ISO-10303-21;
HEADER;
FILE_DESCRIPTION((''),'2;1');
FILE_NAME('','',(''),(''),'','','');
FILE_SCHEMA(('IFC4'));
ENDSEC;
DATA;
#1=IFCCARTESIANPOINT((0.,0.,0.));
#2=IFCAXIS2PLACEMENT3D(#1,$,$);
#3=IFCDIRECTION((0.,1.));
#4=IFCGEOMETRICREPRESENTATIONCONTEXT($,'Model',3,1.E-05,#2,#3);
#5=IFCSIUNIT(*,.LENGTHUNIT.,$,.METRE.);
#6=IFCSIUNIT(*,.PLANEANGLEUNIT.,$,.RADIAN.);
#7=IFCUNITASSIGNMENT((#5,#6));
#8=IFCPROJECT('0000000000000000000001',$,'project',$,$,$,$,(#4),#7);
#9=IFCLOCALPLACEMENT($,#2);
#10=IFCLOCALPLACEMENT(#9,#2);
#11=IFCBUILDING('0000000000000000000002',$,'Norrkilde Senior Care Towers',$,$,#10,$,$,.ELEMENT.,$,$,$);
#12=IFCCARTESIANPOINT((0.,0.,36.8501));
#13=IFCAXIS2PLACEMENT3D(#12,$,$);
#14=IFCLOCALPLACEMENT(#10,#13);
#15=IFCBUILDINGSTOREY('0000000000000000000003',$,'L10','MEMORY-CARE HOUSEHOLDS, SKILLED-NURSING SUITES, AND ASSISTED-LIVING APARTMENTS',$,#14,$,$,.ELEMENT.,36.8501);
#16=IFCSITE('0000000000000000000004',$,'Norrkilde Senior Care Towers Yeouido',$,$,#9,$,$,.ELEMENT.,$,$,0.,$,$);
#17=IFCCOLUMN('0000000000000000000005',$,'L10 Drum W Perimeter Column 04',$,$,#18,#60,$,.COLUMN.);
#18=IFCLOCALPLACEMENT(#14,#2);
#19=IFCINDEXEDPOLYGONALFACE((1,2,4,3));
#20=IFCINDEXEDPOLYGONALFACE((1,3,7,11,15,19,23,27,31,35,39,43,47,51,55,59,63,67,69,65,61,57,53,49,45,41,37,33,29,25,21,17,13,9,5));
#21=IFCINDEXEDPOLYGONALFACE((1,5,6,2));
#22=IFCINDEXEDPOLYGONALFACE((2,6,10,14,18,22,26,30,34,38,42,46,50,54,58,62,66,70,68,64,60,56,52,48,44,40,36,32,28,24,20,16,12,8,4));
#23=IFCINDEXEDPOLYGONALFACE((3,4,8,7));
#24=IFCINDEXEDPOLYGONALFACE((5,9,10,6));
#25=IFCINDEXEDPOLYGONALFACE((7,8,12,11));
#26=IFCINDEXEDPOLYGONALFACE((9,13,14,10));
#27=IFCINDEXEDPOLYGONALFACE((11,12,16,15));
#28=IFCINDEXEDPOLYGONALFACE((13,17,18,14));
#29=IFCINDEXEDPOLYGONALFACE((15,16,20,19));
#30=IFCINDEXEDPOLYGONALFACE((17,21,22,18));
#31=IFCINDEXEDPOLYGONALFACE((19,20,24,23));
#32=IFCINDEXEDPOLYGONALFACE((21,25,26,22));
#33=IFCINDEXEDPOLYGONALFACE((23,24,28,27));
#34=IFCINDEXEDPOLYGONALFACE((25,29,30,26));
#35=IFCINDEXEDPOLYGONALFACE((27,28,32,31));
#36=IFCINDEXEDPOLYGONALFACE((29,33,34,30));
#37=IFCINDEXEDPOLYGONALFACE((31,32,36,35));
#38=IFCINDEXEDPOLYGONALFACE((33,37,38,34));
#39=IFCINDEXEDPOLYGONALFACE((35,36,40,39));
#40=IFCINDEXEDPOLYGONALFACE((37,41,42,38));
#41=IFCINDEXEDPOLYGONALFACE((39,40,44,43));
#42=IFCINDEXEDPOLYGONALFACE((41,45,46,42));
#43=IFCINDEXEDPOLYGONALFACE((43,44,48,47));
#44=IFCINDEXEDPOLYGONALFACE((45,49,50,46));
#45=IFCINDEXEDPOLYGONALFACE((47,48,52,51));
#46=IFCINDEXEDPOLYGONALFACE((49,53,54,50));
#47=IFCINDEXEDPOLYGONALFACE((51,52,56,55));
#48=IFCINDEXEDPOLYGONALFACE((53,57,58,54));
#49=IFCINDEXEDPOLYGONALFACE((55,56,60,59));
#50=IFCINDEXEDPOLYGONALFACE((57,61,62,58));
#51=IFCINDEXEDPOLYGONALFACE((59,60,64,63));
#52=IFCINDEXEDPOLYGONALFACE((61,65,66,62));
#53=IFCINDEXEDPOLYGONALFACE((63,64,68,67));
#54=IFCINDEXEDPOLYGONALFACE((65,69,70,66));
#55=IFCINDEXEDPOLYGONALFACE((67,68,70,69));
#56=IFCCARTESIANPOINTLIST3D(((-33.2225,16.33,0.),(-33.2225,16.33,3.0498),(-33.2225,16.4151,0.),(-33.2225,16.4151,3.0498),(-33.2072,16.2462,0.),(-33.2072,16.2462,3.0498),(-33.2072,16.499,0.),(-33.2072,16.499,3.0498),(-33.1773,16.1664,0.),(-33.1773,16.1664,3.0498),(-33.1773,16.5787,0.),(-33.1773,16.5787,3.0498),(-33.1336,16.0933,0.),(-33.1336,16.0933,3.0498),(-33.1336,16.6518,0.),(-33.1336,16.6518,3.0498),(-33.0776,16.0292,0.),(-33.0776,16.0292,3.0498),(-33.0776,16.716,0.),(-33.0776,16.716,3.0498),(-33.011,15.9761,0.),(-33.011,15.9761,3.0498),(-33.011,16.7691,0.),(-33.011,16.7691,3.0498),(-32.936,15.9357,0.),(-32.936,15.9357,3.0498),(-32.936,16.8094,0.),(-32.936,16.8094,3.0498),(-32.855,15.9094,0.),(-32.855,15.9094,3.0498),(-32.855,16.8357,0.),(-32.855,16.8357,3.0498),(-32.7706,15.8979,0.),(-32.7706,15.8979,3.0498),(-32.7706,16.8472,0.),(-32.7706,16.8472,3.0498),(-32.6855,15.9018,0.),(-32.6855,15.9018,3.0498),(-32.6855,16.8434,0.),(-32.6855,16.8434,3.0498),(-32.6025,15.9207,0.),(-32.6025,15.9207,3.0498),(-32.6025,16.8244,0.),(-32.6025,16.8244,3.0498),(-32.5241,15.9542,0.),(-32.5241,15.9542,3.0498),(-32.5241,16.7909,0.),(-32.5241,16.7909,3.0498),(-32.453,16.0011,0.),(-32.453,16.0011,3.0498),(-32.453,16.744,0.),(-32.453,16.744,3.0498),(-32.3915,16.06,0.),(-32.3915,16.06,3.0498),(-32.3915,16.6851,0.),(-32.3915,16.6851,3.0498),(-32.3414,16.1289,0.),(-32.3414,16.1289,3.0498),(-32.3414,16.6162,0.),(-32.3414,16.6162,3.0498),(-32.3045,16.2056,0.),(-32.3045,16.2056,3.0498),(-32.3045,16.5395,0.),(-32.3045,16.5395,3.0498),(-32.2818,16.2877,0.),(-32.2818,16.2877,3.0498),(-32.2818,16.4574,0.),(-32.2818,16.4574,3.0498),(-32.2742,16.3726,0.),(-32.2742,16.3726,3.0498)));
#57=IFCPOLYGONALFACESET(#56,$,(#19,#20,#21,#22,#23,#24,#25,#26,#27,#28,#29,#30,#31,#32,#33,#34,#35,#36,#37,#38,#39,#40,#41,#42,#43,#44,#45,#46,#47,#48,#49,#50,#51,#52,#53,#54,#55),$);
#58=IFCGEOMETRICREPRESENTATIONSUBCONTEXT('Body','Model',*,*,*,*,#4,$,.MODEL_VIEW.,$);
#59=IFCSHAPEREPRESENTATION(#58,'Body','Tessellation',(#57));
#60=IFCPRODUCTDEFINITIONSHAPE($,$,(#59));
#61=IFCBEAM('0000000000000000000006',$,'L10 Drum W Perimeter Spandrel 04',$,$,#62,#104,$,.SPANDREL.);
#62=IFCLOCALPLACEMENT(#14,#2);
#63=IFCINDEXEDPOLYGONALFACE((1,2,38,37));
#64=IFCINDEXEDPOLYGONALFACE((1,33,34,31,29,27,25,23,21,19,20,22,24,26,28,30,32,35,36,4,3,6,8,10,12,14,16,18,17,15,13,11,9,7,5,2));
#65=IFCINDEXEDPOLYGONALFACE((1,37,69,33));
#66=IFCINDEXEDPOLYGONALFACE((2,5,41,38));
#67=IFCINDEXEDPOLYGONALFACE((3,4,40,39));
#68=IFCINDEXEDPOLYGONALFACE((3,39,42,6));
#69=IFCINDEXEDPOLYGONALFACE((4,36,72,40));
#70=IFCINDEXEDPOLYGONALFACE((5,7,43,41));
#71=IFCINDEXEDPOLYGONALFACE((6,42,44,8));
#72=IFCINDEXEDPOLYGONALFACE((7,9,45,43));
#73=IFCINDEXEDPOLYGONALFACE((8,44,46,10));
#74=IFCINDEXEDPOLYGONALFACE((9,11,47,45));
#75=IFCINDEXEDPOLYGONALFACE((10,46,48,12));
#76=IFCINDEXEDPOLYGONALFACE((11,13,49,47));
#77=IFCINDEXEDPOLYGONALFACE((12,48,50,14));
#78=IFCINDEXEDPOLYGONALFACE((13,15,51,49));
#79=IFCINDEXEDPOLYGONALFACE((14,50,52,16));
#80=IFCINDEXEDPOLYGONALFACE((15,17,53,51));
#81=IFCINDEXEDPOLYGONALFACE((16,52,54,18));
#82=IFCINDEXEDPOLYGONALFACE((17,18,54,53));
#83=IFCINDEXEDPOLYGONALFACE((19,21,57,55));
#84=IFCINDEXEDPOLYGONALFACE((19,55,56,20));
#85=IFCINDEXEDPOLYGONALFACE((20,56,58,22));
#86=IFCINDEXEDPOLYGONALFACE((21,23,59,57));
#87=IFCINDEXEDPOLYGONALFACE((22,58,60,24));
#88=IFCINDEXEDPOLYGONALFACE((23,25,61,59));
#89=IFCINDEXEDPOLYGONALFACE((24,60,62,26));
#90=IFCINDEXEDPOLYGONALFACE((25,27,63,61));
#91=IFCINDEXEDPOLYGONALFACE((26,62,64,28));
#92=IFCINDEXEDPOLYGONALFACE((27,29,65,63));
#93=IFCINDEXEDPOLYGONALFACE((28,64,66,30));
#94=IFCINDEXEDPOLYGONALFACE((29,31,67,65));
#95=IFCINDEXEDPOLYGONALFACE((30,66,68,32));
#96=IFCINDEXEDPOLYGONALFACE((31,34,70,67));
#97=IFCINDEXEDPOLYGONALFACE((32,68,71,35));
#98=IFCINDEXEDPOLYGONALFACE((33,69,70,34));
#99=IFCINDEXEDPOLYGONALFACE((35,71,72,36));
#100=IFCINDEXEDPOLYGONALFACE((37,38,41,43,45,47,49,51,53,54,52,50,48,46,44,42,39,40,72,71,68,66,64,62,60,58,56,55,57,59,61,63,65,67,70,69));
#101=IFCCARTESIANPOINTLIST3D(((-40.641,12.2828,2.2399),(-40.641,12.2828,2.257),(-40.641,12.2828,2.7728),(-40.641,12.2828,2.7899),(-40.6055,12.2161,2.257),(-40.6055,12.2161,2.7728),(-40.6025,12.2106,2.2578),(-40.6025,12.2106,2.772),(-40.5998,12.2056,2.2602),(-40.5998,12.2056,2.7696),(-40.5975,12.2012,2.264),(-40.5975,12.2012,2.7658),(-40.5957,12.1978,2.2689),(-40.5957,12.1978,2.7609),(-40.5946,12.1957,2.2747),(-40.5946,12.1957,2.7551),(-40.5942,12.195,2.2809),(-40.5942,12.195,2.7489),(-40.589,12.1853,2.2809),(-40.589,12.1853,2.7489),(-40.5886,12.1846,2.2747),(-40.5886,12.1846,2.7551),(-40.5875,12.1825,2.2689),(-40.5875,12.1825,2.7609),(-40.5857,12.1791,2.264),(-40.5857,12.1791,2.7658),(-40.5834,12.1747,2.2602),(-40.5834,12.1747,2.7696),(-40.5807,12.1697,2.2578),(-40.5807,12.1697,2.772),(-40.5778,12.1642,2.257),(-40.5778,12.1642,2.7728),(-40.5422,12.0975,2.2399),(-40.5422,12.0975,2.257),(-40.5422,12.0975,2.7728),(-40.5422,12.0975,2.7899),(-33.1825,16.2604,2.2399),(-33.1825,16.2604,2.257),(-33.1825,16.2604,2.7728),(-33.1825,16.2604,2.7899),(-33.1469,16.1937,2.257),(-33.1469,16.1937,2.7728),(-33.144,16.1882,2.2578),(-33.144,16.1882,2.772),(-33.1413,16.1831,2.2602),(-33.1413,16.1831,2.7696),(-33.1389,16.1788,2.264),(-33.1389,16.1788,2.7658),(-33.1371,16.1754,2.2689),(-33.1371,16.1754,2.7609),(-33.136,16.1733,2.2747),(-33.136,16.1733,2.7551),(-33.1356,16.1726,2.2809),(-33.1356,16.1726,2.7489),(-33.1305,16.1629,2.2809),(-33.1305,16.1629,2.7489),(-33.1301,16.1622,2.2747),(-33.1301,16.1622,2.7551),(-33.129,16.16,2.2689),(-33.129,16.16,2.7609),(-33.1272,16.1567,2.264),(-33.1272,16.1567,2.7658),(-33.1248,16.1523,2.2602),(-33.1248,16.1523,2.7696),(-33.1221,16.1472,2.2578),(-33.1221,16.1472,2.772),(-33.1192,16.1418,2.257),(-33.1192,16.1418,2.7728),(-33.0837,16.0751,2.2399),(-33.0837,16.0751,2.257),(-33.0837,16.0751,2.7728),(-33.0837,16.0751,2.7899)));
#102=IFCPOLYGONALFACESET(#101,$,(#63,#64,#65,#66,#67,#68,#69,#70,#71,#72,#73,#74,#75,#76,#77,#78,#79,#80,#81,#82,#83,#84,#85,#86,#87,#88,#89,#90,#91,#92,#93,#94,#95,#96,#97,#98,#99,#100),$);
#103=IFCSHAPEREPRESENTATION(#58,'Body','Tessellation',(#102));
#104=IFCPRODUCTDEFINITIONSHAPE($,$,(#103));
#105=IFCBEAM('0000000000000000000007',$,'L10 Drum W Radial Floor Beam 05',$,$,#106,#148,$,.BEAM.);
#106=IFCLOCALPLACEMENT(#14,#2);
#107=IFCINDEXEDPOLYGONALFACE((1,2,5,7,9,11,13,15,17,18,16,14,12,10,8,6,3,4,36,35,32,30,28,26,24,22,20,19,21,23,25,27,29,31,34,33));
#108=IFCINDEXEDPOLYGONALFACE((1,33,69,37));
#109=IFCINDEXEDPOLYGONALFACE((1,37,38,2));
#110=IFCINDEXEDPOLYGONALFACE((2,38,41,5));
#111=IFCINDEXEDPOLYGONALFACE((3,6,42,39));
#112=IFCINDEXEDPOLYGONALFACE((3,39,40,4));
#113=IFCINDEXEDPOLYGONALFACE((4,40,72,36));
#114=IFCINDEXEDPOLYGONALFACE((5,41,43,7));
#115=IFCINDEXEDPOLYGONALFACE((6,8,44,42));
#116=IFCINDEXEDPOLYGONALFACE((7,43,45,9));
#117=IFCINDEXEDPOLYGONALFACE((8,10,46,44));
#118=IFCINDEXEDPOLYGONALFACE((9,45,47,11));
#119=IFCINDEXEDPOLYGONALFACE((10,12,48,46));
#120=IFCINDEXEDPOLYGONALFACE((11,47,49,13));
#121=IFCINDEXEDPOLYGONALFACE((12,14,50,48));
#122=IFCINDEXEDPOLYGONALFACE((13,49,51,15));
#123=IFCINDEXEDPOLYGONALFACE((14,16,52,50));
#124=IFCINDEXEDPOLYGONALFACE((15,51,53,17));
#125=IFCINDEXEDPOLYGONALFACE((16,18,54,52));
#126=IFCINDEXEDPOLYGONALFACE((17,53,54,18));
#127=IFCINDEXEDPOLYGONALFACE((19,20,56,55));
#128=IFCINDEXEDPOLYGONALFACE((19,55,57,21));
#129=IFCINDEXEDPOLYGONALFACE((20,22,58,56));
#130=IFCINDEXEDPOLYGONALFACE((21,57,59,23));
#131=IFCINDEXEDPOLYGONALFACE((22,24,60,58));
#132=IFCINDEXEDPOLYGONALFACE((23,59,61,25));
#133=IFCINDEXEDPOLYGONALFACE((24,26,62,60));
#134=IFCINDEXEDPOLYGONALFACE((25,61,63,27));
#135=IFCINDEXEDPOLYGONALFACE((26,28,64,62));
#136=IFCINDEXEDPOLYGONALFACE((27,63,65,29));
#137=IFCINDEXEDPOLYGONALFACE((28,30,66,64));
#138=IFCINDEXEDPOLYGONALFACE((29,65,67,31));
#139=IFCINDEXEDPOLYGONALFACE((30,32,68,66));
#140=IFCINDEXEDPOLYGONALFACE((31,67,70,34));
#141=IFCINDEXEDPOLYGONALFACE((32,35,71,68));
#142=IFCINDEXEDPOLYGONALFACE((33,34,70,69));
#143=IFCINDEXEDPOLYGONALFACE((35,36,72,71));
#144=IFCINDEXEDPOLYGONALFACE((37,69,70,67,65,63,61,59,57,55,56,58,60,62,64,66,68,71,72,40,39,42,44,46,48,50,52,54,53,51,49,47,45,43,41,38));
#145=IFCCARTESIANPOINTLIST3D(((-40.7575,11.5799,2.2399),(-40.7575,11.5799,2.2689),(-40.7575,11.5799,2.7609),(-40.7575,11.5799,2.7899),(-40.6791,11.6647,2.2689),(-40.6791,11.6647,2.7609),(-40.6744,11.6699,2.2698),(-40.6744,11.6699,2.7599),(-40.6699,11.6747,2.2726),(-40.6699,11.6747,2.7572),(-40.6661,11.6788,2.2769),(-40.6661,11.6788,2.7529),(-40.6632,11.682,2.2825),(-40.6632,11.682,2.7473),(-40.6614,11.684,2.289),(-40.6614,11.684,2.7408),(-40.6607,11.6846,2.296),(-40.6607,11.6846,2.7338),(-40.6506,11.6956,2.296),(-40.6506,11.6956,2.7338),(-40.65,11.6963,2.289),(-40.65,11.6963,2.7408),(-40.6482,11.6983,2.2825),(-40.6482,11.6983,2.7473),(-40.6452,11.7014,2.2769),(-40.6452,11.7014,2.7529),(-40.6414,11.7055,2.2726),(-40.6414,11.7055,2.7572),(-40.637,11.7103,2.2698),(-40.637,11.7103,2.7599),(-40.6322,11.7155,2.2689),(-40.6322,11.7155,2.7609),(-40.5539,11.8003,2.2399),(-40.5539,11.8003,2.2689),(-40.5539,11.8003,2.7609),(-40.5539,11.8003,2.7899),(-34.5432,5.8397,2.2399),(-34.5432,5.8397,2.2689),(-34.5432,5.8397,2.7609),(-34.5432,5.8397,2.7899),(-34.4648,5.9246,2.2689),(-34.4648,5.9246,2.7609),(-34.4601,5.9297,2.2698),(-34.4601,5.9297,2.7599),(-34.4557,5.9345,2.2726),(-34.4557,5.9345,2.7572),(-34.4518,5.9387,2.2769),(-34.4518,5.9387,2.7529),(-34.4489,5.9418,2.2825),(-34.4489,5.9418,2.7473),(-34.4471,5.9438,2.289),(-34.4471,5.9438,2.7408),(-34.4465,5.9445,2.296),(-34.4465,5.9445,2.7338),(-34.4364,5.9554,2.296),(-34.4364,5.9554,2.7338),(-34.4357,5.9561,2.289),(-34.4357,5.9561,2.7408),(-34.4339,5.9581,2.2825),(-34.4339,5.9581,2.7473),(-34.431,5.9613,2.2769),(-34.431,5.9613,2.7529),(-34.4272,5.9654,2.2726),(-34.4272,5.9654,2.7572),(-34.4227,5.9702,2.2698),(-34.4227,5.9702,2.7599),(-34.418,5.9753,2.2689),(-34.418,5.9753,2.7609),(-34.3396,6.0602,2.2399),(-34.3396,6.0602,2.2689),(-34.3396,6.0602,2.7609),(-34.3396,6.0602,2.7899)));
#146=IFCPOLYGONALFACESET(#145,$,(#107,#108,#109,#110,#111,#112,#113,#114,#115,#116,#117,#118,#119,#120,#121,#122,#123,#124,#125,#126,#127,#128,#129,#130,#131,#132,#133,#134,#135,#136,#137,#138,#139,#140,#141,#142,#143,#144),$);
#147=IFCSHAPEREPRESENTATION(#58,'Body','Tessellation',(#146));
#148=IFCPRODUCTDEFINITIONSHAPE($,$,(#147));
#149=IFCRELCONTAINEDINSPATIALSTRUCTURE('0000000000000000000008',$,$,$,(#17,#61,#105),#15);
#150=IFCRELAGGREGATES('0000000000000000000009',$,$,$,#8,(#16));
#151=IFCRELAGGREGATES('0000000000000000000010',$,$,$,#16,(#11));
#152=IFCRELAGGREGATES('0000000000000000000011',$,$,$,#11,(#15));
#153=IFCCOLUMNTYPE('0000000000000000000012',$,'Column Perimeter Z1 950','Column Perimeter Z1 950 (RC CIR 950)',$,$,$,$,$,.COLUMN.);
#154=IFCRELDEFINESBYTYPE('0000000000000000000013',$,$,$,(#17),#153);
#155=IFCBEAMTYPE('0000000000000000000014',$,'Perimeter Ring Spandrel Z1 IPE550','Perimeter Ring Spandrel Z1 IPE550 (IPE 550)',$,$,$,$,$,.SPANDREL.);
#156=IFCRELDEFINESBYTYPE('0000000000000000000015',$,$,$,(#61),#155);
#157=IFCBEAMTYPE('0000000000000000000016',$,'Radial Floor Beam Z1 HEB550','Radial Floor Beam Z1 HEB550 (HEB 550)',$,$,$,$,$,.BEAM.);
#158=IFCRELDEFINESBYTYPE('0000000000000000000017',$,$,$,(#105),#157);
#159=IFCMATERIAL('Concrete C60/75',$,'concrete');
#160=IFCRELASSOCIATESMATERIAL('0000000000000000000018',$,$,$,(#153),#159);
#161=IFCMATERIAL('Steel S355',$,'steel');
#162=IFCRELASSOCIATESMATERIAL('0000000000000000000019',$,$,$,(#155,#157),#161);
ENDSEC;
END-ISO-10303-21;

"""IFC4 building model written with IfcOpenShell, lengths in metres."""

from ifc_helpers import new_model, si_unit, direction, frame, origin, origin_2d, place, context, subcontext, project, spatial, circle, i_section, extrude, source, transform, mapped, material, material_profile, profile_set, type_object, type_shapes, element, save


model = new_model("IFC4")

# Units and contexts
model_context = context("Model", 3, precision=1e-05, world=origin(), true_north=direction((0.0, 1.0)))
body_context = subcontext(model_context, "Body", "Model", "MODEL_VIEW")
ifc_project = project(units=[si_unit("LENGTHUNIT", "METRE"), si_unit("PLANEANGLEUNIT", "RADIAN")], contexts=[model_context])

# Site, building, storey
site_placement = place(None, origin())
site = spatial("IfcSite", under=ifc_project, at=site_placement, Name="Norrkilde Senior Care Towers Yeouido", CompositionType="ELEMENT", RefElevation=0.0)
building_placement = place(site_placement, origin())
building = spatial("IfcBuilding", under=site, at=building_placement, Name="Norrkilde Senior Care Towers", CompositionType="ELEMENT")
storey_placement = place(building_placement, frame((0.0, 0.0, 36.8501)))
storey = spatial("IfcBuildingStorey", under=building, at=storey_placement, Name="L10", Description="MEMORY-CARE HOUSEHOLDS, SKILLED-NURSING SUITES, AND ASSISTED-LIVING APARTMENTS", CompositionType="ELEMENT", Elevation=36.8501)

# Column
ifc_material_1 = material(Name="Concrete C60/75", Category="concrete")
ifc_material_profile_1 = material_profile(ifc_material_1, circle(Radius=0.4751, at=origin_2d()), Name="RC CIR 950")
ifc_profile_set_1 = profile_set([ifc_material_profile_1], Name="Concrete C60/75")
column_type = type_object("IfcColumnType", Name="Column Perimeter Z1 950", Description="Column Perimeter Z1 950 (RC CIR 950)", PredefinedType="COLUMN", material=ifc_profile_set_1)
shared_shape_1 = source(origin(), body_context, "Body", "SweptSolid", [
    extrude(circle(Radius=0.4751, at=origin_2d()), origin(), (0.0, 0.0, 1.0), 3.0498),
])
type_shapes(column_type, [shared_shape_1])
column_placement = place(storey_placement, frame((-32.7493, 16.3726, 0.0), z_axis=(0.0, 0.0, 1.0), x_axis=(1.0, 0.0, 0.0)))
element("IfcColumn", 1, at=column_placement, inside=storey, type_object=column_type, Name="L10 Drum W Perimeter Column 04", PredefinedType="COLUMN", context=body_context, shape_type="MappedRepresentation", body=[
    mapped(shared_shape_1, transform((0.0, 0.0, 0.0), x_axis=(1.0, 0.0, 0.0), y_axis=(0.0, 1.0, 0.0), z_axis=(0.0, 0.0, 1.0), scale=1.0)),
])

# Beams
ifc_material_2 = material(Name="Steel S355", Category="steel")
ifc_material_profile_2 = material_profile(ifc_material_2, i_section(OverallWidth=0.21, OverallDepth=0.55, WebThickness=0.011, FlangeThickness=0.0171, FilletRadius=0.0239, at=origin_2d()), Name="IPE 550")
ifc_profile_set_2 = profile_set([ifc_material_profile_2], Name="Steel S355")
beam_type_1 = type_object("IfcBeamType", Name="Perimeter Ring Spandrel Z1 IPE550", Description="Perimeter Ring Spandrel Z1 IPE550 (IPE 550)", PredefinedType="SPANDREL", material=ifc_profile_set_2)
shared_shape_2 = source(origin(), body_context, "Body", "SweptSolid", [
    extrude(i_section(OverallWidth=0.21, OverallDepth=0.55, WebThickness=0.011, FlangeThickness=0.0171, FilletRadius=0.0239, at=origin_2d()), origin(), (0.0, 0.0, 1.0), 8.4529),
])
type_shapes(beam_type_1, [shared_shape_2])
beam_1_placement = place(storey_placement, frame((-33.1331, 16.1677, 2.5149), z_axis=(-0.882369, -0.470558, 0.0), x_axis=(0.470558, -0.882369, 0.0)))
element("IfcBeam", 2, at=beam_1_placement, inside=storey, type_object=beam_type_1, Name="L10 Drum W Perimeter Spandrel 04", PredefinedType="SPANDREL", context=body_context, shape_type="MappedRepresentation", body=[
    mapped(shared_shape_2, transform((0.0, 0.0, 0.0), x_axis=(1.0, 0.0, 0.0), y_axis=(0.0, 1.0, 0.0), z_axis=(0.0, 0.0, 1.0), scale=1.0)),
])
ifc_material_profile_3 = material_profile(ifc_material_2, i_section(OverallWidth=0.3, OverallDepth=0.55, WebThickness=0.0149, FlangeThickness=0.0291, FilletRadius=0.0271, at=origin_2d()), Name="HEB 550")
ifc_profile_set_3 = profile_set([ifc_material_profile_3], Name="Steel S355")
beam_type_2 = type_object("IfcBeamType", Name="Radial Floor Beam Z1 HEB550", Description="Radial Floor Beam Z1 HEB550 (HEB 550)", PredefinedType="BEAM", material=ifc_profile_set_3)
shared_shape_3 = source(origin(), body_context, "Body", "SweptSolid", [
    extrude(i_section(OverallWidth=0.3, OverallDepth=0.55, WebThickness=0.0149, FlangeThickness=0.0291, FilletRadius=0.0271, at=origin_2d()), origin(), (0.0, 0.0, 1.0), 8.4597),
])
beam_2_placement = place(storey_placement, frame((-34.4414, 5.95, 2.5149), z_axis=(-0.734573, 0.678529, 0.0), x_axis=(-0.678529, -0.734573, 0.0)))
element("IfcBeam", 3, at=beam_2_placement, inside=storey, type_object=beam_type_2, Name="L10 Drum W Radial Floor Beam 05", PredefinedType="BEAM", context=body_context, shape_type="MappedRepresentation", body=[
    mapped(shared_shape_3, transform((0.0, 0.0, 0.0), x_axis=(1.0, 0.0, 0.0), y_axis=(0.0, 1.0, 0.0), z_axis=(0.0, 0.0, 1.0), scale=1.0)),
])

save(model, "model.ifc")
